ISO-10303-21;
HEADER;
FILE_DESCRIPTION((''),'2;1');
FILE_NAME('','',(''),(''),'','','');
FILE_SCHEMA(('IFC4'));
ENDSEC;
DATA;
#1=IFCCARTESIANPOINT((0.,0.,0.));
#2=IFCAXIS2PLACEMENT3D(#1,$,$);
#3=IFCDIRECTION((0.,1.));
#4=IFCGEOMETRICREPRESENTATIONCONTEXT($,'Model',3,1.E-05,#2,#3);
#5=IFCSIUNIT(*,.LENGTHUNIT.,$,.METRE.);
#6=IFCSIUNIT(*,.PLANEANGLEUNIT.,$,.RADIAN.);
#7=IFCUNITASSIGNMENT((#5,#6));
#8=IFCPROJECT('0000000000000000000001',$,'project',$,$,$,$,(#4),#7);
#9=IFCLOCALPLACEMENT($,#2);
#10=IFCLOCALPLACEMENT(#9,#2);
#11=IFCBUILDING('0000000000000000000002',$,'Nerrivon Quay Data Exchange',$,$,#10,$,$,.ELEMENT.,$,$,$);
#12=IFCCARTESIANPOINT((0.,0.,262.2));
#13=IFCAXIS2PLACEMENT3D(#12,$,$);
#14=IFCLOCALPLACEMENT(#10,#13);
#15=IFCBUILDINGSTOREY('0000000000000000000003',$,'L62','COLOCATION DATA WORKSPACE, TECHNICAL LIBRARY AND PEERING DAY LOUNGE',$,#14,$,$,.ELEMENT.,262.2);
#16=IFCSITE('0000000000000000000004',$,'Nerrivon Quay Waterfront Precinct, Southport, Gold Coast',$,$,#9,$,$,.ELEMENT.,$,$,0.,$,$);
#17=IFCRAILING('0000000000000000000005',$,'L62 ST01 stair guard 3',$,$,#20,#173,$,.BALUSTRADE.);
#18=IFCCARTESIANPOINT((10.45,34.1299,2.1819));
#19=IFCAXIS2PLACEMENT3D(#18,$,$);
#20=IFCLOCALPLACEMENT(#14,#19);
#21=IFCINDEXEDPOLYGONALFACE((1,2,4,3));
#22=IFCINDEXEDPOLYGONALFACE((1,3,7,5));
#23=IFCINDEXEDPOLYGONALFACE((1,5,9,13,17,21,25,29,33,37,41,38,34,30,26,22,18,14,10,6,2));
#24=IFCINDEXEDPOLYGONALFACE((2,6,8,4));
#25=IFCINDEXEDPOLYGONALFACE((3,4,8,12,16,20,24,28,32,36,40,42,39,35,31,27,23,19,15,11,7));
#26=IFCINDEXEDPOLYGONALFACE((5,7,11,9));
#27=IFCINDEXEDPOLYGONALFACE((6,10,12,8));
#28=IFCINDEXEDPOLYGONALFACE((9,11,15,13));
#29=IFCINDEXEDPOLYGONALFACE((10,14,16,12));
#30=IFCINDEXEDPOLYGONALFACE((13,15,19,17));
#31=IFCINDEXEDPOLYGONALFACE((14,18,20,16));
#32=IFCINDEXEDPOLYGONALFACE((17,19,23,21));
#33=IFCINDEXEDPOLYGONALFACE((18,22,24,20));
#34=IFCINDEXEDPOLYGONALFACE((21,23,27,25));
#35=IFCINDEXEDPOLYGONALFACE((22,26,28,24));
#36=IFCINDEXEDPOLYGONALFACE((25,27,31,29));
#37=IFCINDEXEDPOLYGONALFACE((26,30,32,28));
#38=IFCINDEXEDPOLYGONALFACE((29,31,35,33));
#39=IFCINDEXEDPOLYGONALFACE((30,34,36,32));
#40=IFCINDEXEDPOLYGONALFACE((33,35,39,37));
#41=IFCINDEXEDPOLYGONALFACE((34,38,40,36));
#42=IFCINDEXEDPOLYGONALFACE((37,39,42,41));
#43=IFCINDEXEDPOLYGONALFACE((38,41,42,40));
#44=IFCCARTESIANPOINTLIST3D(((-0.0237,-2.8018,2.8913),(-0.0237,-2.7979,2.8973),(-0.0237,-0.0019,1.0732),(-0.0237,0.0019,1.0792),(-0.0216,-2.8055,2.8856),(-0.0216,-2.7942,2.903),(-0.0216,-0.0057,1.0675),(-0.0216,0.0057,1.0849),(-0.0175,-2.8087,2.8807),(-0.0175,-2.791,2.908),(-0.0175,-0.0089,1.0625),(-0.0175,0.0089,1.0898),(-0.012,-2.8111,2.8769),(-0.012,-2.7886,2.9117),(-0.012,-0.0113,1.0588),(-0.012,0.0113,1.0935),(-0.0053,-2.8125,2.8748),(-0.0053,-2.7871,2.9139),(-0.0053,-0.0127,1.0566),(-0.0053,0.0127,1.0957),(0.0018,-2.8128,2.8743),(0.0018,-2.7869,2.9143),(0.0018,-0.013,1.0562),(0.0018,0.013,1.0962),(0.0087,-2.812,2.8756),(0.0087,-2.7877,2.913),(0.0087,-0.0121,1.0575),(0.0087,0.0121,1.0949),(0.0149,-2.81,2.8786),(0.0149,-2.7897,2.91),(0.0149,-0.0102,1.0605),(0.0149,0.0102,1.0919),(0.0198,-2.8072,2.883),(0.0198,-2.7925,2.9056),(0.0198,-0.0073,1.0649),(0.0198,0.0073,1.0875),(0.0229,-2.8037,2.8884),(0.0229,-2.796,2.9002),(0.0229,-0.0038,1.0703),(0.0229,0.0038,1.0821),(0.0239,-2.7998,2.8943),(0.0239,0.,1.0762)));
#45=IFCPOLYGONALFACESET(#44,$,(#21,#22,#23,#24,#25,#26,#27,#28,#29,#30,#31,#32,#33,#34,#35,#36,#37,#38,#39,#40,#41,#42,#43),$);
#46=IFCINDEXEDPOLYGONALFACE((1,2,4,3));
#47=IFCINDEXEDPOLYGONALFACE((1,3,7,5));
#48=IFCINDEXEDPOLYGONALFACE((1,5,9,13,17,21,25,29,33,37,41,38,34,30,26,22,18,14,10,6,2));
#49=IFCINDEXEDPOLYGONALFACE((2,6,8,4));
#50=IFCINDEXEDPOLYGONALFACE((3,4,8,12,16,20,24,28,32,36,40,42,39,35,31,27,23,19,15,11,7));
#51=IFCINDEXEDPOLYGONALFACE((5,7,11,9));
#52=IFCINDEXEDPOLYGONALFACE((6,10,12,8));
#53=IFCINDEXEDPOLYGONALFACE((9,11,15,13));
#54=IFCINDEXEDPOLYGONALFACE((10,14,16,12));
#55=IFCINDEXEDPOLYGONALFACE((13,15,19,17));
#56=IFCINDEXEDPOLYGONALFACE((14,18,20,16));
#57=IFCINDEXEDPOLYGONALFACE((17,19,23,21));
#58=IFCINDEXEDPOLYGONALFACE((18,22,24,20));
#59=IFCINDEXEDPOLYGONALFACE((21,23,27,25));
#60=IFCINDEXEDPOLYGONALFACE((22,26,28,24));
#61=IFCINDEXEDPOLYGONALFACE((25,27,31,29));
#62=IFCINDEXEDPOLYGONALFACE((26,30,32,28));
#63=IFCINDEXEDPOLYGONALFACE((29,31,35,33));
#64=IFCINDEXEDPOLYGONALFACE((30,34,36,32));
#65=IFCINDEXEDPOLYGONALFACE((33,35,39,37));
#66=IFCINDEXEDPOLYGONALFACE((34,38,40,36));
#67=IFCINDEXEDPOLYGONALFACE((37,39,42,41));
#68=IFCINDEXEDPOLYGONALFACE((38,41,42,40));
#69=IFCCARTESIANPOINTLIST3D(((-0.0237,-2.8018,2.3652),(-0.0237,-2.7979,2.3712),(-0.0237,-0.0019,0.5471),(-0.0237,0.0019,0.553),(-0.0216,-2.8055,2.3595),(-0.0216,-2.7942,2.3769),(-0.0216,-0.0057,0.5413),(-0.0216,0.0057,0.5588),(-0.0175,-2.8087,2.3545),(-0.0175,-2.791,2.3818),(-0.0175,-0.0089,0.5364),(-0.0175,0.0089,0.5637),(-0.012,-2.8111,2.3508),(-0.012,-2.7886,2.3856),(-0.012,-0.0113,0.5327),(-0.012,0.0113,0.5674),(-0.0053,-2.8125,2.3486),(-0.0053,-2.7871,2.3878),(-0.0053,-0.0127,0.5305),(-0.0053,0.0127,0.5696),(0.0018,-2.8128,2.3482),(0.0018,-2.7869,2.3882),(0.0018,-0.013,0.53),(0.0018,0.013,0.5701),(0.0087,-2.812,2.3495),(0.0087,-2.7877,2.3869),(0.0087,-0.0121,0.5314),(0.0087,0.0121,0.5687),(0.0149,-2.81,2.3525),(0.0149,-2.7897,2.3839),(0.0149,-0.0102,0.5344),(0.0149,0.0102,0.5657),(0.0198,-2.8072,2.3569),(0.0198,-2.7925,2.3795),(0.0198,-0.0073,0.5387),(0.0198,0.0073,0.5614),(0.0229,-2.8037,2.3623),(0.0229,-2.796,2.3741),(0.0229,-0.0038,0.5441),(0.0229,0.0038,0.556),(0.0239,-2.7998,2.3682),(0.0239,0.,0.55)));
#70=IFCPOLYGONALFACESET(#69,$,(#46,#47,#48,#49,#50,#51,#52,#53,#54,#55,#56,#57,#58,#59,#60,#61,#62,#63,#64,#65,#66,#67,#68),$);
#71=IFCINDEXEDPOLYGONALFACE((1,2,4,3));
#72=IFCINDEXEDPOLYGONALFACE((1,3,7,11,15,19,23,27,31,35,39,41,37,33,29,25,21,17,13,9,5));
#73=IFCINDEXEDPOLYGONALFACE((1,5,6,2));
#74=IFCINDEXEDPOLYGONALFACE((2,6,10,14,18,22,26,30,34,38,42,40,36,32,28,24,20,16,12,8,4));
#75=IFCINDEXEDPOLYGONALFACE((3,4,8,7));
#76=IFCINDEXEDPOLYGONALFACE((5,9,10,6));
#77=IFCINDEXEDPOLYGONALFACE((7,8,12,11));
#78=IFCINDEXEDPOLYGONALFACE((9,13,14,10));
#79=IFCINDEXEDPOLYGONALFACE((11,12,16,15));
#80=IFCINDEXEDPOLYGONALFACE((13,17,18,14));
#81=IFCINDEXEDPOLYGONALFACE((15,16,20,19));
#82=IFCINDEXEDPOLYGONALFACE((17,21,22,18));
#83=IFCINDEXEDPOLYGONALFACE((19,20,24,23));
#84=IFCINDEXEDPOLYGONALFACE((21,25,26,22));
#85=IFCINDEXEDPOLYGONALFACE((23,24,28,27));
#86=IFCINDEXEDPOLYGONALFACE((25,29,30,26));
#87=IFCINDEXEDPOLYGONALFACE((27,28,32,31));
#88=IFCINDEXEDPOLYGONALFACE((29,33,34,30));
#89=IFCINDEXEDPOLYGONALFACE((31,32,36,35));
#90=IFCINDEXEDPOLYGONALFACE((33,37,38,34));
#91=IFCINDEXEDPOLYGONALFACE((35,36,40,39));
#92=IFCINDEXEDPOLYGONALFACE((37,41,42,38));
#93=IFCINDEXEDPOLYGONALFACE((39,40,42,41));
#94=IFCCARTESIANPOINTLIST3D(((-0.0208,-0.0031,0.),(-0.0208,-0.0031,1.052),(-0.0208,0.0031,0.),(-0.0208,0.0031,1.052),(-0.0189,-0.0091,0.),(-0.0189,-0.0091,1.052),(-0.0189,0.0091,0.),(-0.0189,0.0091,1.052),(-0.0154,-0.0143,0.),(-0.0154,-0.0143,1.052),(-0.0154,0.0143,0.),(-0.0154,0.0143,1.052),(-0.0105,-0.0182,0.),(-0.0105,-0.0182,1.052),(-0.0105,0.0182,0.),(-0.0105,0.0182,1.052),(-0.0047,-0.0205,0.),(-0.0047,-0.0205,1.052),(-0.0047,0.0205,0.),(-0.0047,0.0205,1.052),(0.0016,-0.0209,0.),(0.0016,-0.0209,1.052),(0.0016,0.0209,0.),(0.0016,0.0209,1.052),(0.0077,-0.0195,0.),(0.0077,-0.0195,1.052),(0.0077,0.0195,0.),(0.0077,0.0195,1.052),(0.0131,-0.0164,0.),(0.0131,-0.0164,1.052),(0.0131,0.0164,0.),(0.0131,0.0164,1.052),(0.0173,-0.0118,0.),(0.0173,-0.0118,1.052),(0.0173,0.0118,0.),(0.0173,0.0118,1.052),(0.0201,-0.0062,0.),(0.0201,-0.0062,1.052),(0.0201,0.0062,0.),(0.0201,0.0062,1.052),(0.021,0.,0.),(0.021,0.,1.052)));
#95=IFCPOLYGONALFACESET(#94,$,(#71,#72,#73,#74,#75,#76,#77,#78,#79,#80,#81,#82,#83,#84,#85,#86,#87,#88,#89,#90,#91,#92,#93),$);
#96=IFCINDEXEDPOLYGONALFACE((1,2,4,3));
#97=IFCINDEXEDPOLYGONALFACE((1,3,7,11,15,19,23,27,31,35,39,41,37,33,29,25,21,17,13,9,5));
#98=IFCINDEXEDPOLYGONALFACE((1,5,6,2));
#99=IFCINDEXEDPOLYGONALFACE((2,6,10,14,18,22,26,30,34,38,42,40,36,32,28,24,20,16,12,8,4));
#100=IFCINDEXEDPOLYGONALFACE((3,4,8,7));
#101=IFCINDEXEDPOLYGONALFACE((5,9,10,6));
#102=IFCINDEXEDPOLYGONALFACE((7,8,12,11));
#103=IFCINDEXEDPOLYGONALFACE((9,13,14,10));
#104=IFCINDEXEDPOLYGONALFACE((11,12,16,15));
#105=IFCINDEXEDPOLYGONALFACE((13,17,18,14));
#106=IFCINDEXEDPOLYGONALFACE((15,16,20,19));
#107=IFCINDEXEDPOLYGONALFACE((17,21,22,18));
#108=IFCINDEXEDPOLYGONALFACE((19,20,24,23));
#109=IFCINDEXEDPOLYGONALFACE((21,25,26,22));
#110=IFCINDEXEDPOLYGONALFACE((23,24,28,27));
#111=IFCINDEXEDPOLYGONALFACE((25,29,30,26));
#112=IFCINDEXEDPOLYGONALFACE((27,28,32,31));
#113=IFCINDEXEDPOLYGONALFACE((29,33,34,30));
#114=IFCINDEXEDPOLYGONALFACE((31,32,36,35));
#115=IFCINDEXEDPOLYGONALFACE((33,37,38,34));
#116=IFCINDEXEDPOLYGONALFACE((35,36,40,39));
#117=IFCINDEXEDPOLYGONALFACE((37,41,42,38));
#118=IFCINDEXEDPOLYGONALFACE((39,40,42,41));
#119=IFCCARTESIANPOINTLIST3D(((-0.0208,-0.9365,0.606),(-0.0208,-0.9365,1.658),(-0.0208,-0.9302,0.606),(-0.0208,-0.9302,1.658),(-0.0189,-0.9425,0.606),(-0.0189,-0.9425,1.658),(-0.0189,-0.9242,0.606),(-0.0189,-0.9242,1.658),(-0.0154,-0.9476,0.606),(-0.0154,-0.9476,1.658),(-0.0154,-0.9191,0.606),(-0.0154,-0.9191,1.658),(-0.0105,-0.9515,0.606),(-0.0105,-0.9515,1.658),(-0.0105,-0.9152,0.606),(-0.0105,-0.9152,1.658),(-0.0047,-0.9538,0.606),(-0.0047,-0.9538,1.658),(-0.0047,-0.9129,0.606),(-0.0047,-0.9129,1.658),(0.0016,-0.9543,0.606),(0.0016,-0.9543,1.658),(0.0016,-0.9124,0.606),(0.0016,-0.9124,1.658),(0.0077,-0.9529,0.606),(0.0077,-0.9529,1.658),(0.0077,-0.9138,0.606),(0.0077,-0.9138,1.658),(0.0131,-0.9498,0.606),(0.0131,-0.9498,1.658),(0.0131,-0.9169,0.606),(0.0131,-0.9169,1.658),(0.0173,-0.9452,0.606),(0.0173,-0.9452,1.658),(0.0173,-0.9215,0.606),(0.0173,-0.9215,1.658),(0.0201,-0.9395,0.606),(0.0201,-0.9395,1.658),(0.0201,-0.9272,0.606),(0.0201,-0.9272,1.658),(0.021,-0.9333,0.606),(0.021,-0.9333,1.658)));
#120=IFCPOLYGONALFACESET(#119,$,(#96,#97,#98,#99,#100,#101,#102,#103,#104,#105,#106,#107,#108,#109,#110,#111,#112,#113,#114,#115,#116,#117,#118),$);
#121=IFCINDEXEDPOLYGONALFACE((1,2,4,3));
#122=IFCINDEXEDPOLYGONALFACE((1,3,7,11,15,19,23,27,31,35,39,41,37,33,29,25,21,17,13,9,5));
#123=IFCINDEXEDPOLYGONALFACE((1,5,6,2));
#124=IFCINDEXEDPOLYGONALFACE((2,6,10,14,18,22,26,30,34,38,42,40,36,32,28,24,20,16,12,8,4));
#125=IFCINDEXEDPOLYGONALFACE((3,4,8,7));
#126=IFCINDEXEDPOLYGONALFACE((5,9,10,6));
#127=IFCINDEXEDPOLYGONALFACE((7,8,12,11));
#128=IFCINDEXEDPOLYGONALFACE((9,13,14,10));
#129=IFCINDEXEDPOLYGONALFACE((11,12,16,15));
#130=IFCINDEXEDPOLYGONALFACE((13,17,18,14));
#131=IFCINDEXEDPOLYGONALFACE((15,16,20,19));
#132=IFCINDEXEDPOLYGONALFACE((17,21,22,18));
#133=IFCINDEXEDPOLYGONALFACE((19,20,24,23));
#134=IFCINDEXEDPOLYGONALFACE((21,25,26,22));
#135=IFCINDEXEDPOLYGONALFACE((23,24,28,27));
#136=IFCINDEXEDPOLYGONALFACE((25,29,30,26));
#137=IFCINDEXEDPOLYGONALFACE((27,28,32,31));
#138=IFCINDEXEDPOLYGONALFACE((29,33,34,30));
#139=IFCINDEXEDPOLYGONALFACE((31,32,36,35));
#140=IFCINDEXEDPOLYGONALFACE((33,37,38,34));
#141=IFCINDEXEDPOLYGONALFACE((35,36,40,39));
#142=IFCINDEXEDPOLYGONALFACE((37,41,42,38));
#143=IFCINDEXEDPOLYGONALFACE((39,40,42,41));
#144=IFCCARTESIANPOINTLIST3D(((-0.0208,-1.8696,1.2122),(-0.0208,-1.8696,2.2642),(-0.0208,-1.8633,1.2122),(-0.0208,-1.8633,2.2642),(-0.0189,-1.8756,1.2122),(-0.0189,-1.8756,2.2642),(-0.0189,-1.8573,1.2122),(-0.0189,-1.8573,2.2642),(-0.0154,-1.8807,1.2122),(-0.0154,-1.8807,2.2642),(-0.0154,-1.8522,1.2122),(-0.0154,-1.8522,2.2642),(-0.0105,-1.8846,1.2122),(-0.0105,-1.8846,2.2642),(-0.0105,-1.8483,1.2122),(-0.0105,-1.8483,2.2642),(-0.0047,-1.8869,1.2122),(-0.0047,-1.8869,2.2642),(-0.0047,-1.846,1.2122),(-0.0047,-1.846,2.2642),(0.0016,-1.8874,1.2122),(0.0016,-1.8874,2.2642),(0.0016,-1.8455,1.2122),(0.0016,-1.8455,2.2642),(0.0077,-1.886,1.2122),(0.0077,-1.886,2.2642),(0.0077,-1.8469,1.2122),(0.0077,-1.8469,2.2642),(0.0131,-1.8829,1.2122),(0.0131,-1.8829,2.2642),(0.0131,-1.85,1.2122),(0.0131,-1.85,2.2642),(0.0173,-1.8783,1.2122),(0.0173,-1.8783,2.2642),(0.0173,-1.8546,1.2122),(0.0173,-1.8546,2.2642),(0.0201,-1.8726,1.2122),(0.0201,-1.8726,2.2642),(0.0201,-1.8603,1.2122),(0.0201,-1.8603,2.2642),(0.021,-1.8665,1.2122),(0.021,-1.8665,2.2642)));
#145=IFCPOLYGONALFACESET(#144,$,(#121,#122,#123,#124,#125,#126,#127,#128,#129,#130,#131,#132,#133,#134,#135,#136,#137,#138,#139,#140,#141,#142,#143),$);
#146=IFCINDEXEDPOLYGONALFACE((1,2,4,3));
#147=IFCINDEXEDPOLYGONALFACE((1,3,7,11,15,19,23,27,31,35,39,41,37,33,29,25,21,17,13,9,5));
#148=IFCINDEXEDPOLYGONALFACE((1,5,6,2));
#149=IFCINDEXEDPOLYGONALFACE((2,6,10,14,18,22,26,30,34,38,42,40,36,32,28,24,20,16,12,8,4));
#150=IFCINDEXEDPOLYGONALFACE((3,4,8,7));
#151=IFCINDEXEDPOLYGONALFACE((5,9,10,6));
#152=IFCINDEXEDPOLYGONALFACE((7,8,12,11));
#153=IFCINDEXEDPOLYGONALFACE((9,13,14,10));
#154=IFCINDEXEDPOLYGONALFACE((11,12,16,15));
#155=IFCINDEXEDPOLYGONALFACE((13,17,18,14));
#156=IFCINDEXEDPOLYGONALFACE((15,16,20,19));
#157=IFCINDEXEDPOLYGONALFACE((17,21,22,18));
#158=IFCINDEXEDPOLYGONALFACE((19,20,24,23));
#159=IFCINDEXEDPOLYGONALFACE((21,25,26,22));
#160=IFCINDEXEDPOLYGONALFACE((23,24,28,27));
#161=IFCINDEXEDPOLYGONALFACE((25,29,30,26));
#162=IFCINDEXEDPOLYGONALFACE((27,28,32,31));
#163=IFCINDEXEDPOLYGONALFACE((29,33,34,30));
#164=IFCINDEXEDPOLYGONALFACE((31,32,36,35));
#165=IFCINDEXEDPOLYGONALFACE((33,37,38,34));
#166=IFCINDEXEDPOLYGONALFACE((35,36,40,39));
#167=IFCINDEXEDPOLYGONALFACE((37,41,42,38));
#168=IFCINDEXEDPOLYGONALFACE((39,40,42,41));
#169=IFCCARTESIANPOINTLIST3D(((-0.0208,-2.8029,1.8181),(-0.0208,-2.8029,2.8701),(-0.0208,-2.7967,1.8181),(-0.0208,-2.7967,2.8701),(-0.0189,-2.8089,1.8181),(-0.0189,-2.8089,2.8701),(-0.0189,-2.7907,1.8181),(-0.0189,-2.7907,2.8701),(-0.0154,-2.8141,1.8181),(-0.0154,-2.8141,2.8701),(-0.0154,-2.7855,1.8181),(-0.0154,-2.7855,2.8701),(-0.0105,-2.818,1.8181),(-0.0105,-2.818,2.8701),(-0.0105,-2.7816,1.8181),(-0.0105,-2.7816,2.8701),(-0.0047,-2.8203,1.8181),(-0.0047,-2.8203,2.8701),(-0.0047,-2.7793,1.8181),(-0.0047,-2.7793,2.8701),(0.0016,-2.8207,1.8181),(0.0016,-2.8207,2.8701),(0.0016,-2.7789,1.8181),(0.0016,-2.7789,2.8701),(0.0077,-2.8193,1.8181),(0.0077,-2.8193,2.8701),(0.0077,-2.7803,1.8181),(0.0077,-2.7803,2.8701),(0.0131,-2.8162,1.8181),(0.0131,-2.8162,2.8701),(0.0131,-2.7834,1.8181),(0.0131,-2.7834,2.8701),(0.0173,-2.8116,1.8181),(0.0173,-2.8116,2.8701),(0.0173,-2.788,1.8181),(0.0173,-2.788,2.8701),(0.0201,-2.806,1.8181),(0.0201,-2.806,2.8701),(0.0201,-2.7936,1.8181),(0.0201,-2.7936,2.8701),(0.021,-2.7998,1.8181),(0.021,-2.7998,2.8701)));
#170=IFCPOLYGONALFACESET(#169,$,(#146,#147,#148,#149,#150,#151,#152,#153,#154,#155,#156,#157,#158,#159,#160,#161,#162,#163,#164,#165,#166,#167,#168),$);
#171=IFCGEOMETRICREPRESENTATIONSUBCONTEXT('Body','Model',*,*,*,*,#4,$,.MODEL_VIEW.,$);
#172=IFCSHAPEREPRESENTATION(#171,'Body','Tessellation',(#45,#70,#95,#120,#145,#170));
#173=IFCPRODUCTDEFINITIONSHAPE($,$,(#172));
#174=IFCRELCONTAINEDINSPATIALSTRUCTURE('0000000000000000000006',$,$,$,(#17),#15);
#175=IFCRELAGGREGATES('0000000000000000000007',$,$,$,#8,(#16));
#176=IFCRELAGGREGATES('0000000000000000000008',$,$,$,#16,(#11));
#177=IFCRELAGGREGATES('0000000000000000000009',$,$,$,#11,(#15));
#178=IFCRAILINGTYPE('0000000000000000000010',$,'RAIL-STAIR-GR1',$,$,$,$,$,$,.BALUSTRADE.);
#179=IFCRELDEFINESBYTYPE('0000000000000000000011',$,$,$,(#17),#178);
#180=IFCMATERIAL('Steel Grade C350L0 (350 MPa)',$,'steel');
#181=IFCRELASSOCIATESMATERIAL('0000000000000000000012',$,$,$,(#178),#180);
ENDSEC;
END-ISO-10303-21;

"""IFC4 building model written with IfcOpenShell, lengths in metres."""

from ifc_helpers import new_model, si_unit, direction, frame, origin, origin_2d, place, context, subcontext, project, spatial, circle, extrude, material, type_object, element, save


model = new_model("IFC4")

# Units and contexts
model_context = context("Model", 3, precision=1e-05, world=origin(), true_north=direction((0.0, 1.0)))
body_context = subcontext(model_context, "Body", "Model", "MODEL_VIEW")
ifc_project = project(units=[si_unit("LENGTHUNIT", "METRE"), si_unit("PLANEANGLEUNIT", "RADIAN")], contexts=[model_context])

# Site, building, storey
site_placement = place(None, origin())
site = spatial("IfcSite", under=ifc_project, at=site_placement, Name="Nerrivon Quay Waterfront Precinct, Southport, Gold Coast", CompositionType="ELEMENT", RefElevation=0.0)
building_placement = place(site_placement, origin())
building = spatial("IfcBuilding", under=site, at=building_placement, Name="Nerrivon Quay Data Exchange", CompositionType="ELEMENT")
storey_placement = place(building_placement, frame((0.0, 0.0, 262.2)))
storey = spatial("IfcBuildingStorey", under=building, at=storey_placement, Name="L62", Description="COLOCATION DATA WORKSPACE, TECHNICAL LIBRARY AND PEERING DAY LOUNGE", CompositionType="ELEMENT", Elevation=262.2)

# Shared definitions
ifc_material_1 = material(Name="Steel Grade C350L0 (350 MPa)", Category="steel")

# Railing
railing_type_1 = type_object("IfcRailingType", Name="RAIL-STAIR-GR1", PredefinedType="BALUSTRADE", material=ifc_material_1)
railing_1_placement = place(storey_placement, frame((10.45, 34.1299, 2.1819)))
element("IfcRailing", 1, at=railing_1_placement, inside=storey, type_object=railing_type_1, Name="L62 ST01 stair guard 3", PredefinedType="BALUSTRADE", context=body_context, shape_type="SweptSolid", body=[
    extrude(circle(Radius=0.0239, at=origin_2d()), frame((0.0, 0.0, 1.0762), z_axis=(0.0, -0.838684, 0.544618), x_axis=(1.0, 0.0, 0.0)), (0.0, 0.0, 1.0), 3.3384),
    extrude(circle(Radius=0.0239, at=origin_2d()), frame((0.0, 0.0, 0.55), z_axis=(0.0, -0.838684, 0.544618), x_axis=(1.0, 0.0, 0.0)), (0.0, 0.0, 1.0), 3.3384),
    extrude(circle(Radius=0.021, at=origin_2d()), origin(), (0.0, 0.0, 1.0), 1.052),
    extrude(circle(Radius=0.021, at=origin_2d()), frame((0.0, -0.9333, 0.606)), (0.0, 0.0, 1.0), 1.052),
    extrude(circle(Radius=0.021, at=origin_2d()), frame((0.0, -1.8665, 1.2122)), (0.0, 0.0, 1.0), 1.052),
    extrude(circle(Radius=0.021, at=origin_2d()), frame((0.0, -2.7998, 1.8181)), (0.0, 0.0, 1.0), 1.052),
])

save(model, "model.ifc")
